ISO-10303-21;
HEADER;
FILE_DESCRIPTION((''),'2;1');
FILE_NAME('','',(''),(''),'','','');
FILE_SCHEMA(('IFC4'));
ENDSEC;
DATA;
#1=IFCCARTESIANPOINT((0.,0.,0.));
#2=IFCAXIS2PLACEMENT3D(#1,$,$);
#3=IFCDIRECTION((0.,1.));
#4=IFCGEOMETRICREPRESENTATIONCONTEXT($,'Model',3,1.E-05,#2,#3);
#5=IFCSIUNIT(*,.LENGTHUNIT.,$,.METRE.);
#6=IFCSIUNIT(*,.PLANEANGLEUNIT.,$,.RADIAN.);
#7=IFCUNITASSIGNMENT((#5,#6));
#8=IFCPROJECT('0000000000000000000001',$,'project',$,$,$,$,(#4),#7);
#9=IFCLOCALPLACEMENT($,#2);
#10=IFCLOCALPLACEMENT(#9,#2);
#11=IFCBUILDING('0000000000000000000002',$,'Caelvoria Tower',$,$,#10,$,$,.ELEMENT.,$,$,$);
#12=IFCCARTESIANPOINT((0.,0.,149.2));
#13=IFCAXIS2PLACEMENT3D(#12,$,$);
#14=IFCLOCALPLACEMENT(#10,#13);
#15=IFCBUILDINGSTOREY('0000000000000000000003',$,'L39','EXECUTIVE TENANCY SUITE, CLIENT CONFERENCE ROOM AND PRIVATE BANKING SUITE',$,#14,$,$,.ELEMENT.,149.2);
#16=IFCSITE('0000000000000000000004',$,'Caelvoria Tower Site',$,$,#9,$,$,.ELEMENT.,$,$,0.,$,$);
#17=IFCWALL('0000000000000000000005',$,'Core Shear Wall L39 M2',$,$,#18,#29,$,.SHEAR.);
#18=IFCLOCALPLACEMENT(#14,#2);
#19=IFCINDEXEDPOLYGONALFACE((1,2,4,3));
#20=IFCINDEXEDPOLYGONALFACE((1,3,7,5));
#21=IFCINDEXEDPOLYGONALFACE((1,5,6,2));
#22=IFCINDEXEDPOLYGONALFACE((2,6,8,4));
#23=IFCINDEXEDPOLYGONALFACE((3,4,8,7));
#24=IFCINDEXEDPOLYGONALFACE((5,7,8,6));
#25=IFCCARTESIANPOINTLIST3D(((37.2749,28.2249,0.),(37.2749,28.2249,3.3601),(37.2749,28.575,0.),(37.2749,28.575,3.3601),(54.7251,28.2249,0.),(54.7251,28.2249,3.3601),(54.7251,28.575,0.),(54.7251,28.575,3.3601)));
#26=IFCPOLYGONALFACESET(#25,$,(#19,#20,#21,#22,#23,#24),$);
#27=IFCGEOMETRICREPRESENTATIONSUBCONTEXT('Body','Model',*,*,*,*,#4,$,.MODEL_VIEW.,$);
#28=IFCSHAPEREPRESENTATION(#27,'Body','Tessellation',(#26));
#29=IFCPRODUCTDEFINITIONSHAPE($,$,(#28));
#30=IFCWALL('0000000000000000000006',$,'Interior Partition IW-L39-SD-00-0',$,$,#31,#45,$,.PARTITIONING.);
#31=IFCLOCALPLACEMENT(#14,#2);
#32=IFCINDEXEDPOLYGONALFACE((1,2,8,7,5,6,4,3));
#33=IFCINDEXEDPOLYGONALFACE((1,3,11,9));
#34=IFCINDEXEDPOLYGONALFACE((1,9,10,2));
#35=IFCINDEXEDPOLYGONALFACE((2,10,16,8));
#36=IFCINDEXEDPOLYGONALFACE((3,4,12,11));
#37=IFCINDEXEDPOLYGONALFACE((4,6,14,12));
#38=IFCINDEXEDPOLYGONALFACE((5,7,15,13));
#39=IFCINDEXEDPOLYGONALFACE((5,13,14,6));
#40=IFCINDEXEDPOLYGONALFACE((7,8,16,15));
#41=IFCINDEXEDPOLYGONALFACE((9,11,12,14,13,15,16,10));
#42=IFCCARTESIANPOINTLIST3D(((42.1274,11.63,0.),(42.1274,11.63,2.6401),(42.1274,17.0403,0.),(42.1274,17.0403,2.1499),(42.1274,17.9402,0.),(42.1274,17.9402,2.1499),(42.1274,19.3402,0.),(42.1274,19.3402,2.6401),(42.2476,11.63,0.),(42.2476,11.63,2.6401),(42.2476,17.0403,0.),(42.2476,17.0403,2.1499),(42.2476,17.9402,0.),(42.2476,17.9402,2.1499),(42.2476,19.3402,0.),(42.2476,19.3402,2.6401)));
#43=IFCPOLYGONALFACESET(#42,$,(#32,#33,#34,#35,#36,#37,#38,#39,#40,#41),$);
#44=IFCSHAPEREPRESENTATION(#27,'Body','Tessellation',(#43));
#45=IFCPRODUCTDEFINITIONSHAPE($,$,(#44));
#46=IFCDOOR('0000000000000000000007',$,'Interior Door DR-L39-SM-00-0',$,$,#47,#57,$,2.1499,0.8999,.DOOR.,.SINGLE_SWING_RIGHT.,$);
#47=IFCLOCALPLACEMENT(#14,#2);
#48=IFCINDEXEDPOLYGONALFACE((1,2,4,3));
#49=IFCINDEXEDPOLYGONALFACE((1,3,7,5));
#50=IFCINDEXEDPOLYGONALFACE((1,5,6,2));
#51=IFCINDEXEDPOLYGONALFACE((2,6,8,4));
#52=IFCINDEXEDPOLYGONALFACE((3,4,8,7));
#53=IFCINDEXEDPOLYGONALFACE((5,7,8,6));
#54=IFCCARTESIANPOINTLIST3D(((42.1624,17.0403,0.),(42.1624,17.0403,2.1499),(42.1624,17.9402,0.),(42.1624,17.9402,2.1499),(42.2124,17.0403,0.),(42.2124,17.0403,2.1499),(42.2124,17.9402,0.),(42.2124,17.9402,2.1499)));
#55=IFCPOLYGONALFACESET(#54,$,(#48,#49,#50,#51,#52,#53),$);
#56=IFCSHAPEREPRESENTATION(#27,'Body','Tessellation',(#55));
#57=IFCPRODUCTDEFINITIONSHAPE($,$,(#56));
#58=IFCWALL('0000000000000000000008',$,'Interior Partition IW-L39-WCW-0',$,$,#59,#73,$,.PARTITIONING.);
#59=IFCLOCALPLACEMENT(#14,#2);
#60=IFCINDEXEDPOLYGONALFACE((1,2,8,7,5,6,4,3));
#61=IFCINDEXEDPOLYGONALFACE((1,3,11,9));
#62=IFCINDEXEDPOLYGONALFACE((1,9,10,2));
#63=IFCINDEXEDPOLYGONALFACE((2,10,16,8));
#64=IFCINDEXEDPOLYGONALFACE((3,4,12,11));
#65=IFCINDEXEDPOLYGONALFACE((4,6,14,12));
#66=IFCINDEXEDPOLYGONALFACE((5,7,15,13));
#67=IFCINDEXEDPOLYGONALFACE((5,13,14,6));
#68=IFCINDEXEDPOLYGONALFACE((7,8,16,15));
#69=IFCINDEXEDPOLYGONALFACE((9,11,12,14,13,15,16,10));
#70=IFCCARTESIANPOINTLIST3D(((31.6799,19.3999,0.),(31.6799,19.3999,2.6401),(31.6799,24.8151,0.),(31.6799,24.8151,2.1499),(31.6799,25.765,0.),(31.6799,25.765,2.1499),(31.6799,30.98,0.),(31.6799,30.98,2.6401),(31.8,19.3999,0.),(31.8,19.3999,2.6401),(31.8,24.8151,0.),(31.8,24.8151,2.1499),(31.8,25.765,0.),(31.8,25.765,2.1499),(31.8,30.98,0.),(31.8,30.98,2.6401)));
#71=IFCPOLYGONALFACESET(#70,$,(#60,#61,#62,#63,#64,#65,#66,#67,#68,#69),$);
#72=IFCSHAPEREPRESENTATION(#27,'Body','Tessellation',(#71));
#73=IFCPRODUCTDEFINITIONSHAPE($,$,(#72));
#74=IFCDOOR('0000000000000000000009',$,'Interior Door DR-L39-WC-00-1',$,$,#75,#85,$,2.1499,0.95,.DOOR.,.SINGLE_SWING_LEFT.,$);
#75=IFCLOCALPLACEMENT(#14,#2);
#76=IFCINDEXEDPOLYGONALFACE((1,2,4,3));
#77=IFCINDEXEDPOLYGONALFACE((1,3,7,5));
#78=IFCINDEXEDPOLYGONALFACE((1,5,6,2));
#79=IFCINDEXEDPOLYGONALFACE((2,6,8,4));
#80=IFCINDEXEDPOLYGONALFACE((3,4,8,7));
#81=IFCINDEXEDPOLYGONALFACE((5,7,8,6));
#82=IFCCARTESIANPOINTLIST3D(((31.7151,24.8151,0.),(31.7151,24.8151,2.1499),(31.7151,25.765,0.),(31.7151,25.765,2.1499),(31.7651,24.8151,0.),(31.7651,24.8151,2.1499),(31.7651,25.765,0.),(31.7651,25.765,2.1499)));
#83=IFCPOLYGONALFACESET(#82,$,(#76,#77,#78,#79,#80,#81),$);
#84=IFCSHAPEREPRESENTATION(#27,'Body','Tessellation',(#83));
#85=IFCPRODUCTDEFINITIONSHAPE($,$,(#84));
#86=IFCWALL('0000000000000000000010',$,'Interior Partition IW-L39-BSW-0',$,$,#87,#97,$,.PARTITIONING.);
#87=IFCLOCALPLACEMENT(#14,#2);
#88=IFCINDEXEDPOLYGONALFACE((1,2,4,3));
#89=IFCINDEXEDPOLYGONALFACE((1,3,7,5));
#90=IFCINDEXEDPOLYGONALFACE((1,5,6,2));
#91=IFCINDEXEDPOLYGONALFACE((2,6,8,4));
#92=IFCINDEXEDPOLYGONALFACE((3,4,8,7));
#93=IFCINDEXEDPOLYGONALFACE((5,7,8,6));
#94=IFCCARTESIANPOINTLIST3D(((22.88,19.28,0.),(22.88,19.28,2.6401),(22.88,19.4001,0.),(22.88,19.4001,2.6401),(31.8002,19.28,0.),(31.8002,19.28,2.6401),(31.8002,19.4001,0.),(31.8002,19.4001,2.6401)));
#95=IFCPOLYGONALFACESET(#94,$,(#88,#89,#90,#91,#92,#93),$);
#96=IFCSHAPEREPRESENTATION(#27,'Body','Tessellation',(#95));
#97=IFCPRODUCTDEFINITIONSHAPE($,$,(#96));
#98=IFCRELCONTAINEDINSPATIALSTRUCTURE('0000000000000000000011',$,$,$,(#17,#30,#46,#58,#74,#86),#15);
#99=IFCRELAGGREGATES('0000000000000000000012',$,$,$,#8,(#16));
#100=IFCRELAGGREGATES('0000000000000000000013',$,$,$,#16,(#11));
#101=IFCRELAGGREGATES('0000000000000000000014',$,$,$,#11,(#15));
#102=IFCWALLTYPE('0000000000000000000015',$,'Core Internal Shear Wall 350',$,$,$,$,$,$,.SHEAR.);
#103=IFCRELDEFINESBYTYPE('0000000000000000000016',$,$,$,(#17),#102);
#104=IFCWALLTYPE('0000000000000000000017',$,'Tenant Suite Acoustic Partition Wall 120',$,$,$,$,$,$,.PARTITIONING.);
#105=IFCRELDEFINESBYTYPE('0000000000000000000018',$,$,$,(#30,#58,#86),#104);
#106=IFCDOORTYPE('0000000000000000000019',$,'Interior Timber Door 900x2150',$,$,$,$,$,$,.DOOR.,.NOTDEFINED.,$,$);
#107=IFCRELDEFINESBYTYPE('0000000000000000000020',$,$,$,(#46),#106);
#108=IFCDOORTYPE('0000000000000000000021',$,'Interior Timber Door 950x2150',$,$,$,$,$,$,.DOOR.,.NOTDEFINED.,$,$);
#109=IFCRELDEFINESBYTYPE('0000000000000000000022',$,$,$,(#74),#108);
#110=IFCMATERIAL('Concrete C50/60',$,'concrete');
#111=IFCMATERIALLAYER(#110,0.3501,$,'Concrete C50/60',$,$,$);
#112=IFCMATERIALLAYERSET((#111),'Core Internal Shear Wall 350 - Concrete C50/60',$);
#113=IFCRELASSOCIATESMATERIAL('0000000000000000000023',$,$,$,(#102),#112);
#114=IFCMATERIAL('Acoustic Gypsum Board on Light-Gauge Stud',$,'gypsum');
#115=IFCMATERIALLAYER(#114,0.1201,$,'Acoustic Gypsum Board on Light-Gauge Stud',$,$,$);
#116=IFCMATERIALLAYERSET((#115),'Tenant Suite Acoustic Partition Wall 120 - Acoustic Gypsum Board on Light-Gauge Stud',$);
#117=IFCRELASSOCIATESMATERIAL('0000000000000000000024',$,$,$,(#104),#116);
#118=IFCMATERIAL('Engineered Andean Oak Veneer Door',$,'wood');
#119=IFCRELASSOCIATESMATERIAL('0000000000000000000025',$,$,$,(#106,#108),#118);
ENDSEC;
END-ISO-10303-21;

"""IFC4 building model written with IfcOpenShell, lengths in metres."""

from ifc_helpers import new_model, si_unit, direction, frame, frame_2d, origin, place, context, subcontext, project, spatial, rectangle, extrude, material, layer, layer_set, type_object, element, fill, save


model = new_model("IFC4")

# Units and contexts
model_context = context("Model", 3, precision=1e-05, world=origin(), true_north=direction((0.0, 1.0)))
body_context = subcontext(model_context, "Body", "Model", "MODEL_VIEW")
ifc_project = project(units=[si_unit("LENGTHUNIT", "METRE"), si_unit("PLANEANGLEUNIT", "RADIAN")], contexts=[model_context])

# Site, building, storey
site_placement = place(None, origin())
site = spatial("IfcSite", under=ifc_project, at=site_placement, Name="Caelvoria Tower Site", CompositionType="ELEMENT", RefElevation=0.0)
building_placement = place(site_placement, origin())
building = spatial("IfcBuilding", under=site, at=building_placement, Name="Caelvoria Tower", CompositionType="ELEMENT")
storey_placement = place(building_placement, frame((0.0, 0.0, 149.2)))
storey = spatial("IfcBuildingStorey", under=building, at=storey_placement, Name="L39", Description="EXECUTIVE TENANCY SUITE, CLIENT CONFERENCE ROOM AND PRIVATE BANKING SUITE", CompositionType="ELEMENT", Elevation=149.2)

# Shared definitions
ifc_material_1 = material(Name="Concrete C50/60", Category="concrete")
ifc_layer_1 = layer(ifc_material_1, 0.3501, Name="Concrete C50/60")
ifc_layer_set_1 = layer_set([ifc_layer_1], Name="Core Internal Shear Wall 350 - Concrete C50/60")
wall_type_1 = type_object("IfcWallType", Name="Core Internal Shear Wall 350", PredefinedType="SHEAR", material=ifc_layer_set_1)

# Wall
wall_1_placement = place(storey_placement, frame((37.2749, 28.3999, 0.0), z_axis=(0.0, 0.0, 1.0), x_axis=(1.0, 0.0, 0.0)))
element("IfcWall", 1, at=wall_1_placement, inside=storey, type_object=wall_type_1, Name="Core Shear Wall L39 M2", PredefinedType="SHEAR", context=body_context, shape_type="SweptSolid", body=[
    extrude(rectangle(XDim=17.4502, YDim=0.3501, at=frame_2d((8.7251, 0.0))), origin(), (0.0, 0.0, 1.0), 3.3601),
])

# Walls, openings, doors
ifc_material_2 = material(Name="Acoustic Gypsum Board on Light-Gauge Stud", Category="gypsum")
ifc_layer_2 = layer(ifc_material_2, 0.1201, Name="Acoustic Gypsum Board on Light-Gauge Stud")
ifc_layer_set_2 = layer_set([ifc_layer_2], Name="Tenant Suite Acoustic Partition Wall 120 - Acoustic Gypsum Board on Light-Gauge Stud")
wall_type_2 = type_object("IfcWallType", Name="Tenant Suite Acoustic Partition Wall 120", PredefinedType="PARTITIONING", material=ifc_layer_set_2)
wall_2_placement = place(storey_placement, frame((42.1875, 19.3401, 0.0), z_axis=(0.0, 0.0, 1.0), x_axis=(0.0, -1.0, 0.0)))
wall_2 = element("IfcWall", 2, at=wall_2_placement, inside=storey, type_object=wall_type_2, Name="Interior Partition IW-L39-SD-00-0", PredefinedType="PARTITIONING", context=body_context, shape_type="SweptSolid", body=[
    extrude(rectangle(XDim=7.7102, YDim=0.1201, at=frame_2d((3.855, 0.0))), origin(), (0.0, 0.0, 1.0), 2.6401),
])
opening_1_placement = place(wall_2_placement, frame((1.3999, 0.0, 0.0)))
opening_1 = element("IfcOpeningElement", 3, at=opening_1_placement, cuts=wall_2, PredefinedType="OPENING", context=body_context, shape_type="SweptSolid", body=[
    extrude(rectangle(XDim=0.8999, YDim=2.1499, at=frame_2d((0.45, 1.075))), frame((0.0, 0.0701, 0.0), z_axis=(0.0, -1.0, 0.0), x_axis=(1.0, 0.0, 0.0)), (0.0, 0.0, 1.0), 0.1401),
])
ifc_material_3 = material(Name="Engineered Andean Oak Veneer Door", Category="wood")
door_type_1 = type_object("IfcDoorType", Name="Interior Timber Door 900x2150", OperationType="NOTDEFINED", PredefinedType="DOOR", material=ifc_material_3)
door_1_placement = place(opening_1_placement, origin())
door_1 = element("IfcDoor", 4, at=door_1_placement, inside=storey, type_object=door_type_1, Name="Interior Door DR-L39-SM-00-0", OperationType="SINGLE_SWING_RIGHT", OverallHeight=2.1499, OverallWidth=0.8999, PredefinedType="DOOR", context=body_context, shape_type="SweptSolid", body=[
    extrude(rectangle(XDim=0.8999, YDim=2.1499, at=frame_2d((0.45, 1.075))), frame((0.0, 0.0249, 0.0), z_axis=(0.0, -1.0, 0.0), x_axis=(1.0, 0.0, 0.0)), (0.0, 0.0, 1.0), 0.05),
])
fill(opening_1, door_1)
wall_3_placement = place(storey_placement, frame((31.74, 19.3999, 0.0), z_axis=(0.0, 0.0, 1.0), x_axis=(0.0, 1.0, 0.0)))
wall_3 = element("IfcWall", 5, at=wall_3_placement, inside=storey, type_object=wall_type_2, Name="Interior Partition IW-L39-WCW-0", PredefinedType="PARTITIONING", context=body_context, shape_type="SweptSolid", body=[
    extrude(rectangle(XDim=11.5801, YDim=0.1201, at=frame_2d((5.79, 0.0))), origin(), (0.0, 0.0, 1.0), 2.6401),
])
opening_2_placement = place(wall_3_placement, frame((5.415, 0.0, 0.0)))
opening_2 = element("IfcOpeningElement", 6, at=opening_2_placement, cuts=wall_3, PredefinedType="OPENING", context=body_context, shape_type="SweptSolid", body=[
    extrude(rectangle(XDim=0.95, YDim=2.1499, at=frame_2d((0.4751, 1.075))), frame((0.0, 0.0701, 0.0), z_axis=(0.0, -1.0, 0.0), x_axis=(1.0, 0.0, 0.0)), (0.0, 0.0, 1.0), 0.1401),
])
door_type_2 = type_object("IfcDoorType", Name="Interior Timber Door 950x2150", OperationType="NOTDEFINED", PredefinedType="DOOR", material=ifc_material_3)
door_2_placement = place(opening_2_placement, origin())
door_2 = element("IfcDoor", 7, at=door_2_placement, inside=storey, type_object=door_type_2, Name="Interior Door DR-L39-WC-00-1", OperationType="SINGLE_SWING_LEFT", OverallHeight=2.1499, OverallWidth=0.95, PredefinedType="DOOR", context=body_context, shape_type="SweptSolid", body=[
    extrude(rectangle(XDim=0.95, YDim=2.1499, at=frame_2d((0.4751, 1.075))), frame((0.0, 0.0249, 0.0), z_axis=(0.0, -1.0, 0.0), x_axis=(1.0, 0.0, 0.0)), (0.0, 0.0, 1.0), 0.05),
])
fill(opening_2, door_2)

# Wall
wall_4_placement = place(storey_placement, frame((31.8, 19.3401, 0.0), z_axis=(0.0, 0.0, 1.0), x_axis=(-1.0, 0.0, 0.0)))
element("IfcWall", 8, at=wall_4_placement, inside=storey, type_object=wall_type_2, Name="Interior Partition IW-L39-BSW-0", PredefinedType="PARTITIONING", context=body_context, shape_type="SweptSolid", body=[
    extrude(rectangle(XDim=8.9202, YDim=0.1201, at=frame_2d((4.46, 0.0))), origin(), (0.0, 0.0, 1.0), 2.6401),
])

save(model, "model.ifc")
